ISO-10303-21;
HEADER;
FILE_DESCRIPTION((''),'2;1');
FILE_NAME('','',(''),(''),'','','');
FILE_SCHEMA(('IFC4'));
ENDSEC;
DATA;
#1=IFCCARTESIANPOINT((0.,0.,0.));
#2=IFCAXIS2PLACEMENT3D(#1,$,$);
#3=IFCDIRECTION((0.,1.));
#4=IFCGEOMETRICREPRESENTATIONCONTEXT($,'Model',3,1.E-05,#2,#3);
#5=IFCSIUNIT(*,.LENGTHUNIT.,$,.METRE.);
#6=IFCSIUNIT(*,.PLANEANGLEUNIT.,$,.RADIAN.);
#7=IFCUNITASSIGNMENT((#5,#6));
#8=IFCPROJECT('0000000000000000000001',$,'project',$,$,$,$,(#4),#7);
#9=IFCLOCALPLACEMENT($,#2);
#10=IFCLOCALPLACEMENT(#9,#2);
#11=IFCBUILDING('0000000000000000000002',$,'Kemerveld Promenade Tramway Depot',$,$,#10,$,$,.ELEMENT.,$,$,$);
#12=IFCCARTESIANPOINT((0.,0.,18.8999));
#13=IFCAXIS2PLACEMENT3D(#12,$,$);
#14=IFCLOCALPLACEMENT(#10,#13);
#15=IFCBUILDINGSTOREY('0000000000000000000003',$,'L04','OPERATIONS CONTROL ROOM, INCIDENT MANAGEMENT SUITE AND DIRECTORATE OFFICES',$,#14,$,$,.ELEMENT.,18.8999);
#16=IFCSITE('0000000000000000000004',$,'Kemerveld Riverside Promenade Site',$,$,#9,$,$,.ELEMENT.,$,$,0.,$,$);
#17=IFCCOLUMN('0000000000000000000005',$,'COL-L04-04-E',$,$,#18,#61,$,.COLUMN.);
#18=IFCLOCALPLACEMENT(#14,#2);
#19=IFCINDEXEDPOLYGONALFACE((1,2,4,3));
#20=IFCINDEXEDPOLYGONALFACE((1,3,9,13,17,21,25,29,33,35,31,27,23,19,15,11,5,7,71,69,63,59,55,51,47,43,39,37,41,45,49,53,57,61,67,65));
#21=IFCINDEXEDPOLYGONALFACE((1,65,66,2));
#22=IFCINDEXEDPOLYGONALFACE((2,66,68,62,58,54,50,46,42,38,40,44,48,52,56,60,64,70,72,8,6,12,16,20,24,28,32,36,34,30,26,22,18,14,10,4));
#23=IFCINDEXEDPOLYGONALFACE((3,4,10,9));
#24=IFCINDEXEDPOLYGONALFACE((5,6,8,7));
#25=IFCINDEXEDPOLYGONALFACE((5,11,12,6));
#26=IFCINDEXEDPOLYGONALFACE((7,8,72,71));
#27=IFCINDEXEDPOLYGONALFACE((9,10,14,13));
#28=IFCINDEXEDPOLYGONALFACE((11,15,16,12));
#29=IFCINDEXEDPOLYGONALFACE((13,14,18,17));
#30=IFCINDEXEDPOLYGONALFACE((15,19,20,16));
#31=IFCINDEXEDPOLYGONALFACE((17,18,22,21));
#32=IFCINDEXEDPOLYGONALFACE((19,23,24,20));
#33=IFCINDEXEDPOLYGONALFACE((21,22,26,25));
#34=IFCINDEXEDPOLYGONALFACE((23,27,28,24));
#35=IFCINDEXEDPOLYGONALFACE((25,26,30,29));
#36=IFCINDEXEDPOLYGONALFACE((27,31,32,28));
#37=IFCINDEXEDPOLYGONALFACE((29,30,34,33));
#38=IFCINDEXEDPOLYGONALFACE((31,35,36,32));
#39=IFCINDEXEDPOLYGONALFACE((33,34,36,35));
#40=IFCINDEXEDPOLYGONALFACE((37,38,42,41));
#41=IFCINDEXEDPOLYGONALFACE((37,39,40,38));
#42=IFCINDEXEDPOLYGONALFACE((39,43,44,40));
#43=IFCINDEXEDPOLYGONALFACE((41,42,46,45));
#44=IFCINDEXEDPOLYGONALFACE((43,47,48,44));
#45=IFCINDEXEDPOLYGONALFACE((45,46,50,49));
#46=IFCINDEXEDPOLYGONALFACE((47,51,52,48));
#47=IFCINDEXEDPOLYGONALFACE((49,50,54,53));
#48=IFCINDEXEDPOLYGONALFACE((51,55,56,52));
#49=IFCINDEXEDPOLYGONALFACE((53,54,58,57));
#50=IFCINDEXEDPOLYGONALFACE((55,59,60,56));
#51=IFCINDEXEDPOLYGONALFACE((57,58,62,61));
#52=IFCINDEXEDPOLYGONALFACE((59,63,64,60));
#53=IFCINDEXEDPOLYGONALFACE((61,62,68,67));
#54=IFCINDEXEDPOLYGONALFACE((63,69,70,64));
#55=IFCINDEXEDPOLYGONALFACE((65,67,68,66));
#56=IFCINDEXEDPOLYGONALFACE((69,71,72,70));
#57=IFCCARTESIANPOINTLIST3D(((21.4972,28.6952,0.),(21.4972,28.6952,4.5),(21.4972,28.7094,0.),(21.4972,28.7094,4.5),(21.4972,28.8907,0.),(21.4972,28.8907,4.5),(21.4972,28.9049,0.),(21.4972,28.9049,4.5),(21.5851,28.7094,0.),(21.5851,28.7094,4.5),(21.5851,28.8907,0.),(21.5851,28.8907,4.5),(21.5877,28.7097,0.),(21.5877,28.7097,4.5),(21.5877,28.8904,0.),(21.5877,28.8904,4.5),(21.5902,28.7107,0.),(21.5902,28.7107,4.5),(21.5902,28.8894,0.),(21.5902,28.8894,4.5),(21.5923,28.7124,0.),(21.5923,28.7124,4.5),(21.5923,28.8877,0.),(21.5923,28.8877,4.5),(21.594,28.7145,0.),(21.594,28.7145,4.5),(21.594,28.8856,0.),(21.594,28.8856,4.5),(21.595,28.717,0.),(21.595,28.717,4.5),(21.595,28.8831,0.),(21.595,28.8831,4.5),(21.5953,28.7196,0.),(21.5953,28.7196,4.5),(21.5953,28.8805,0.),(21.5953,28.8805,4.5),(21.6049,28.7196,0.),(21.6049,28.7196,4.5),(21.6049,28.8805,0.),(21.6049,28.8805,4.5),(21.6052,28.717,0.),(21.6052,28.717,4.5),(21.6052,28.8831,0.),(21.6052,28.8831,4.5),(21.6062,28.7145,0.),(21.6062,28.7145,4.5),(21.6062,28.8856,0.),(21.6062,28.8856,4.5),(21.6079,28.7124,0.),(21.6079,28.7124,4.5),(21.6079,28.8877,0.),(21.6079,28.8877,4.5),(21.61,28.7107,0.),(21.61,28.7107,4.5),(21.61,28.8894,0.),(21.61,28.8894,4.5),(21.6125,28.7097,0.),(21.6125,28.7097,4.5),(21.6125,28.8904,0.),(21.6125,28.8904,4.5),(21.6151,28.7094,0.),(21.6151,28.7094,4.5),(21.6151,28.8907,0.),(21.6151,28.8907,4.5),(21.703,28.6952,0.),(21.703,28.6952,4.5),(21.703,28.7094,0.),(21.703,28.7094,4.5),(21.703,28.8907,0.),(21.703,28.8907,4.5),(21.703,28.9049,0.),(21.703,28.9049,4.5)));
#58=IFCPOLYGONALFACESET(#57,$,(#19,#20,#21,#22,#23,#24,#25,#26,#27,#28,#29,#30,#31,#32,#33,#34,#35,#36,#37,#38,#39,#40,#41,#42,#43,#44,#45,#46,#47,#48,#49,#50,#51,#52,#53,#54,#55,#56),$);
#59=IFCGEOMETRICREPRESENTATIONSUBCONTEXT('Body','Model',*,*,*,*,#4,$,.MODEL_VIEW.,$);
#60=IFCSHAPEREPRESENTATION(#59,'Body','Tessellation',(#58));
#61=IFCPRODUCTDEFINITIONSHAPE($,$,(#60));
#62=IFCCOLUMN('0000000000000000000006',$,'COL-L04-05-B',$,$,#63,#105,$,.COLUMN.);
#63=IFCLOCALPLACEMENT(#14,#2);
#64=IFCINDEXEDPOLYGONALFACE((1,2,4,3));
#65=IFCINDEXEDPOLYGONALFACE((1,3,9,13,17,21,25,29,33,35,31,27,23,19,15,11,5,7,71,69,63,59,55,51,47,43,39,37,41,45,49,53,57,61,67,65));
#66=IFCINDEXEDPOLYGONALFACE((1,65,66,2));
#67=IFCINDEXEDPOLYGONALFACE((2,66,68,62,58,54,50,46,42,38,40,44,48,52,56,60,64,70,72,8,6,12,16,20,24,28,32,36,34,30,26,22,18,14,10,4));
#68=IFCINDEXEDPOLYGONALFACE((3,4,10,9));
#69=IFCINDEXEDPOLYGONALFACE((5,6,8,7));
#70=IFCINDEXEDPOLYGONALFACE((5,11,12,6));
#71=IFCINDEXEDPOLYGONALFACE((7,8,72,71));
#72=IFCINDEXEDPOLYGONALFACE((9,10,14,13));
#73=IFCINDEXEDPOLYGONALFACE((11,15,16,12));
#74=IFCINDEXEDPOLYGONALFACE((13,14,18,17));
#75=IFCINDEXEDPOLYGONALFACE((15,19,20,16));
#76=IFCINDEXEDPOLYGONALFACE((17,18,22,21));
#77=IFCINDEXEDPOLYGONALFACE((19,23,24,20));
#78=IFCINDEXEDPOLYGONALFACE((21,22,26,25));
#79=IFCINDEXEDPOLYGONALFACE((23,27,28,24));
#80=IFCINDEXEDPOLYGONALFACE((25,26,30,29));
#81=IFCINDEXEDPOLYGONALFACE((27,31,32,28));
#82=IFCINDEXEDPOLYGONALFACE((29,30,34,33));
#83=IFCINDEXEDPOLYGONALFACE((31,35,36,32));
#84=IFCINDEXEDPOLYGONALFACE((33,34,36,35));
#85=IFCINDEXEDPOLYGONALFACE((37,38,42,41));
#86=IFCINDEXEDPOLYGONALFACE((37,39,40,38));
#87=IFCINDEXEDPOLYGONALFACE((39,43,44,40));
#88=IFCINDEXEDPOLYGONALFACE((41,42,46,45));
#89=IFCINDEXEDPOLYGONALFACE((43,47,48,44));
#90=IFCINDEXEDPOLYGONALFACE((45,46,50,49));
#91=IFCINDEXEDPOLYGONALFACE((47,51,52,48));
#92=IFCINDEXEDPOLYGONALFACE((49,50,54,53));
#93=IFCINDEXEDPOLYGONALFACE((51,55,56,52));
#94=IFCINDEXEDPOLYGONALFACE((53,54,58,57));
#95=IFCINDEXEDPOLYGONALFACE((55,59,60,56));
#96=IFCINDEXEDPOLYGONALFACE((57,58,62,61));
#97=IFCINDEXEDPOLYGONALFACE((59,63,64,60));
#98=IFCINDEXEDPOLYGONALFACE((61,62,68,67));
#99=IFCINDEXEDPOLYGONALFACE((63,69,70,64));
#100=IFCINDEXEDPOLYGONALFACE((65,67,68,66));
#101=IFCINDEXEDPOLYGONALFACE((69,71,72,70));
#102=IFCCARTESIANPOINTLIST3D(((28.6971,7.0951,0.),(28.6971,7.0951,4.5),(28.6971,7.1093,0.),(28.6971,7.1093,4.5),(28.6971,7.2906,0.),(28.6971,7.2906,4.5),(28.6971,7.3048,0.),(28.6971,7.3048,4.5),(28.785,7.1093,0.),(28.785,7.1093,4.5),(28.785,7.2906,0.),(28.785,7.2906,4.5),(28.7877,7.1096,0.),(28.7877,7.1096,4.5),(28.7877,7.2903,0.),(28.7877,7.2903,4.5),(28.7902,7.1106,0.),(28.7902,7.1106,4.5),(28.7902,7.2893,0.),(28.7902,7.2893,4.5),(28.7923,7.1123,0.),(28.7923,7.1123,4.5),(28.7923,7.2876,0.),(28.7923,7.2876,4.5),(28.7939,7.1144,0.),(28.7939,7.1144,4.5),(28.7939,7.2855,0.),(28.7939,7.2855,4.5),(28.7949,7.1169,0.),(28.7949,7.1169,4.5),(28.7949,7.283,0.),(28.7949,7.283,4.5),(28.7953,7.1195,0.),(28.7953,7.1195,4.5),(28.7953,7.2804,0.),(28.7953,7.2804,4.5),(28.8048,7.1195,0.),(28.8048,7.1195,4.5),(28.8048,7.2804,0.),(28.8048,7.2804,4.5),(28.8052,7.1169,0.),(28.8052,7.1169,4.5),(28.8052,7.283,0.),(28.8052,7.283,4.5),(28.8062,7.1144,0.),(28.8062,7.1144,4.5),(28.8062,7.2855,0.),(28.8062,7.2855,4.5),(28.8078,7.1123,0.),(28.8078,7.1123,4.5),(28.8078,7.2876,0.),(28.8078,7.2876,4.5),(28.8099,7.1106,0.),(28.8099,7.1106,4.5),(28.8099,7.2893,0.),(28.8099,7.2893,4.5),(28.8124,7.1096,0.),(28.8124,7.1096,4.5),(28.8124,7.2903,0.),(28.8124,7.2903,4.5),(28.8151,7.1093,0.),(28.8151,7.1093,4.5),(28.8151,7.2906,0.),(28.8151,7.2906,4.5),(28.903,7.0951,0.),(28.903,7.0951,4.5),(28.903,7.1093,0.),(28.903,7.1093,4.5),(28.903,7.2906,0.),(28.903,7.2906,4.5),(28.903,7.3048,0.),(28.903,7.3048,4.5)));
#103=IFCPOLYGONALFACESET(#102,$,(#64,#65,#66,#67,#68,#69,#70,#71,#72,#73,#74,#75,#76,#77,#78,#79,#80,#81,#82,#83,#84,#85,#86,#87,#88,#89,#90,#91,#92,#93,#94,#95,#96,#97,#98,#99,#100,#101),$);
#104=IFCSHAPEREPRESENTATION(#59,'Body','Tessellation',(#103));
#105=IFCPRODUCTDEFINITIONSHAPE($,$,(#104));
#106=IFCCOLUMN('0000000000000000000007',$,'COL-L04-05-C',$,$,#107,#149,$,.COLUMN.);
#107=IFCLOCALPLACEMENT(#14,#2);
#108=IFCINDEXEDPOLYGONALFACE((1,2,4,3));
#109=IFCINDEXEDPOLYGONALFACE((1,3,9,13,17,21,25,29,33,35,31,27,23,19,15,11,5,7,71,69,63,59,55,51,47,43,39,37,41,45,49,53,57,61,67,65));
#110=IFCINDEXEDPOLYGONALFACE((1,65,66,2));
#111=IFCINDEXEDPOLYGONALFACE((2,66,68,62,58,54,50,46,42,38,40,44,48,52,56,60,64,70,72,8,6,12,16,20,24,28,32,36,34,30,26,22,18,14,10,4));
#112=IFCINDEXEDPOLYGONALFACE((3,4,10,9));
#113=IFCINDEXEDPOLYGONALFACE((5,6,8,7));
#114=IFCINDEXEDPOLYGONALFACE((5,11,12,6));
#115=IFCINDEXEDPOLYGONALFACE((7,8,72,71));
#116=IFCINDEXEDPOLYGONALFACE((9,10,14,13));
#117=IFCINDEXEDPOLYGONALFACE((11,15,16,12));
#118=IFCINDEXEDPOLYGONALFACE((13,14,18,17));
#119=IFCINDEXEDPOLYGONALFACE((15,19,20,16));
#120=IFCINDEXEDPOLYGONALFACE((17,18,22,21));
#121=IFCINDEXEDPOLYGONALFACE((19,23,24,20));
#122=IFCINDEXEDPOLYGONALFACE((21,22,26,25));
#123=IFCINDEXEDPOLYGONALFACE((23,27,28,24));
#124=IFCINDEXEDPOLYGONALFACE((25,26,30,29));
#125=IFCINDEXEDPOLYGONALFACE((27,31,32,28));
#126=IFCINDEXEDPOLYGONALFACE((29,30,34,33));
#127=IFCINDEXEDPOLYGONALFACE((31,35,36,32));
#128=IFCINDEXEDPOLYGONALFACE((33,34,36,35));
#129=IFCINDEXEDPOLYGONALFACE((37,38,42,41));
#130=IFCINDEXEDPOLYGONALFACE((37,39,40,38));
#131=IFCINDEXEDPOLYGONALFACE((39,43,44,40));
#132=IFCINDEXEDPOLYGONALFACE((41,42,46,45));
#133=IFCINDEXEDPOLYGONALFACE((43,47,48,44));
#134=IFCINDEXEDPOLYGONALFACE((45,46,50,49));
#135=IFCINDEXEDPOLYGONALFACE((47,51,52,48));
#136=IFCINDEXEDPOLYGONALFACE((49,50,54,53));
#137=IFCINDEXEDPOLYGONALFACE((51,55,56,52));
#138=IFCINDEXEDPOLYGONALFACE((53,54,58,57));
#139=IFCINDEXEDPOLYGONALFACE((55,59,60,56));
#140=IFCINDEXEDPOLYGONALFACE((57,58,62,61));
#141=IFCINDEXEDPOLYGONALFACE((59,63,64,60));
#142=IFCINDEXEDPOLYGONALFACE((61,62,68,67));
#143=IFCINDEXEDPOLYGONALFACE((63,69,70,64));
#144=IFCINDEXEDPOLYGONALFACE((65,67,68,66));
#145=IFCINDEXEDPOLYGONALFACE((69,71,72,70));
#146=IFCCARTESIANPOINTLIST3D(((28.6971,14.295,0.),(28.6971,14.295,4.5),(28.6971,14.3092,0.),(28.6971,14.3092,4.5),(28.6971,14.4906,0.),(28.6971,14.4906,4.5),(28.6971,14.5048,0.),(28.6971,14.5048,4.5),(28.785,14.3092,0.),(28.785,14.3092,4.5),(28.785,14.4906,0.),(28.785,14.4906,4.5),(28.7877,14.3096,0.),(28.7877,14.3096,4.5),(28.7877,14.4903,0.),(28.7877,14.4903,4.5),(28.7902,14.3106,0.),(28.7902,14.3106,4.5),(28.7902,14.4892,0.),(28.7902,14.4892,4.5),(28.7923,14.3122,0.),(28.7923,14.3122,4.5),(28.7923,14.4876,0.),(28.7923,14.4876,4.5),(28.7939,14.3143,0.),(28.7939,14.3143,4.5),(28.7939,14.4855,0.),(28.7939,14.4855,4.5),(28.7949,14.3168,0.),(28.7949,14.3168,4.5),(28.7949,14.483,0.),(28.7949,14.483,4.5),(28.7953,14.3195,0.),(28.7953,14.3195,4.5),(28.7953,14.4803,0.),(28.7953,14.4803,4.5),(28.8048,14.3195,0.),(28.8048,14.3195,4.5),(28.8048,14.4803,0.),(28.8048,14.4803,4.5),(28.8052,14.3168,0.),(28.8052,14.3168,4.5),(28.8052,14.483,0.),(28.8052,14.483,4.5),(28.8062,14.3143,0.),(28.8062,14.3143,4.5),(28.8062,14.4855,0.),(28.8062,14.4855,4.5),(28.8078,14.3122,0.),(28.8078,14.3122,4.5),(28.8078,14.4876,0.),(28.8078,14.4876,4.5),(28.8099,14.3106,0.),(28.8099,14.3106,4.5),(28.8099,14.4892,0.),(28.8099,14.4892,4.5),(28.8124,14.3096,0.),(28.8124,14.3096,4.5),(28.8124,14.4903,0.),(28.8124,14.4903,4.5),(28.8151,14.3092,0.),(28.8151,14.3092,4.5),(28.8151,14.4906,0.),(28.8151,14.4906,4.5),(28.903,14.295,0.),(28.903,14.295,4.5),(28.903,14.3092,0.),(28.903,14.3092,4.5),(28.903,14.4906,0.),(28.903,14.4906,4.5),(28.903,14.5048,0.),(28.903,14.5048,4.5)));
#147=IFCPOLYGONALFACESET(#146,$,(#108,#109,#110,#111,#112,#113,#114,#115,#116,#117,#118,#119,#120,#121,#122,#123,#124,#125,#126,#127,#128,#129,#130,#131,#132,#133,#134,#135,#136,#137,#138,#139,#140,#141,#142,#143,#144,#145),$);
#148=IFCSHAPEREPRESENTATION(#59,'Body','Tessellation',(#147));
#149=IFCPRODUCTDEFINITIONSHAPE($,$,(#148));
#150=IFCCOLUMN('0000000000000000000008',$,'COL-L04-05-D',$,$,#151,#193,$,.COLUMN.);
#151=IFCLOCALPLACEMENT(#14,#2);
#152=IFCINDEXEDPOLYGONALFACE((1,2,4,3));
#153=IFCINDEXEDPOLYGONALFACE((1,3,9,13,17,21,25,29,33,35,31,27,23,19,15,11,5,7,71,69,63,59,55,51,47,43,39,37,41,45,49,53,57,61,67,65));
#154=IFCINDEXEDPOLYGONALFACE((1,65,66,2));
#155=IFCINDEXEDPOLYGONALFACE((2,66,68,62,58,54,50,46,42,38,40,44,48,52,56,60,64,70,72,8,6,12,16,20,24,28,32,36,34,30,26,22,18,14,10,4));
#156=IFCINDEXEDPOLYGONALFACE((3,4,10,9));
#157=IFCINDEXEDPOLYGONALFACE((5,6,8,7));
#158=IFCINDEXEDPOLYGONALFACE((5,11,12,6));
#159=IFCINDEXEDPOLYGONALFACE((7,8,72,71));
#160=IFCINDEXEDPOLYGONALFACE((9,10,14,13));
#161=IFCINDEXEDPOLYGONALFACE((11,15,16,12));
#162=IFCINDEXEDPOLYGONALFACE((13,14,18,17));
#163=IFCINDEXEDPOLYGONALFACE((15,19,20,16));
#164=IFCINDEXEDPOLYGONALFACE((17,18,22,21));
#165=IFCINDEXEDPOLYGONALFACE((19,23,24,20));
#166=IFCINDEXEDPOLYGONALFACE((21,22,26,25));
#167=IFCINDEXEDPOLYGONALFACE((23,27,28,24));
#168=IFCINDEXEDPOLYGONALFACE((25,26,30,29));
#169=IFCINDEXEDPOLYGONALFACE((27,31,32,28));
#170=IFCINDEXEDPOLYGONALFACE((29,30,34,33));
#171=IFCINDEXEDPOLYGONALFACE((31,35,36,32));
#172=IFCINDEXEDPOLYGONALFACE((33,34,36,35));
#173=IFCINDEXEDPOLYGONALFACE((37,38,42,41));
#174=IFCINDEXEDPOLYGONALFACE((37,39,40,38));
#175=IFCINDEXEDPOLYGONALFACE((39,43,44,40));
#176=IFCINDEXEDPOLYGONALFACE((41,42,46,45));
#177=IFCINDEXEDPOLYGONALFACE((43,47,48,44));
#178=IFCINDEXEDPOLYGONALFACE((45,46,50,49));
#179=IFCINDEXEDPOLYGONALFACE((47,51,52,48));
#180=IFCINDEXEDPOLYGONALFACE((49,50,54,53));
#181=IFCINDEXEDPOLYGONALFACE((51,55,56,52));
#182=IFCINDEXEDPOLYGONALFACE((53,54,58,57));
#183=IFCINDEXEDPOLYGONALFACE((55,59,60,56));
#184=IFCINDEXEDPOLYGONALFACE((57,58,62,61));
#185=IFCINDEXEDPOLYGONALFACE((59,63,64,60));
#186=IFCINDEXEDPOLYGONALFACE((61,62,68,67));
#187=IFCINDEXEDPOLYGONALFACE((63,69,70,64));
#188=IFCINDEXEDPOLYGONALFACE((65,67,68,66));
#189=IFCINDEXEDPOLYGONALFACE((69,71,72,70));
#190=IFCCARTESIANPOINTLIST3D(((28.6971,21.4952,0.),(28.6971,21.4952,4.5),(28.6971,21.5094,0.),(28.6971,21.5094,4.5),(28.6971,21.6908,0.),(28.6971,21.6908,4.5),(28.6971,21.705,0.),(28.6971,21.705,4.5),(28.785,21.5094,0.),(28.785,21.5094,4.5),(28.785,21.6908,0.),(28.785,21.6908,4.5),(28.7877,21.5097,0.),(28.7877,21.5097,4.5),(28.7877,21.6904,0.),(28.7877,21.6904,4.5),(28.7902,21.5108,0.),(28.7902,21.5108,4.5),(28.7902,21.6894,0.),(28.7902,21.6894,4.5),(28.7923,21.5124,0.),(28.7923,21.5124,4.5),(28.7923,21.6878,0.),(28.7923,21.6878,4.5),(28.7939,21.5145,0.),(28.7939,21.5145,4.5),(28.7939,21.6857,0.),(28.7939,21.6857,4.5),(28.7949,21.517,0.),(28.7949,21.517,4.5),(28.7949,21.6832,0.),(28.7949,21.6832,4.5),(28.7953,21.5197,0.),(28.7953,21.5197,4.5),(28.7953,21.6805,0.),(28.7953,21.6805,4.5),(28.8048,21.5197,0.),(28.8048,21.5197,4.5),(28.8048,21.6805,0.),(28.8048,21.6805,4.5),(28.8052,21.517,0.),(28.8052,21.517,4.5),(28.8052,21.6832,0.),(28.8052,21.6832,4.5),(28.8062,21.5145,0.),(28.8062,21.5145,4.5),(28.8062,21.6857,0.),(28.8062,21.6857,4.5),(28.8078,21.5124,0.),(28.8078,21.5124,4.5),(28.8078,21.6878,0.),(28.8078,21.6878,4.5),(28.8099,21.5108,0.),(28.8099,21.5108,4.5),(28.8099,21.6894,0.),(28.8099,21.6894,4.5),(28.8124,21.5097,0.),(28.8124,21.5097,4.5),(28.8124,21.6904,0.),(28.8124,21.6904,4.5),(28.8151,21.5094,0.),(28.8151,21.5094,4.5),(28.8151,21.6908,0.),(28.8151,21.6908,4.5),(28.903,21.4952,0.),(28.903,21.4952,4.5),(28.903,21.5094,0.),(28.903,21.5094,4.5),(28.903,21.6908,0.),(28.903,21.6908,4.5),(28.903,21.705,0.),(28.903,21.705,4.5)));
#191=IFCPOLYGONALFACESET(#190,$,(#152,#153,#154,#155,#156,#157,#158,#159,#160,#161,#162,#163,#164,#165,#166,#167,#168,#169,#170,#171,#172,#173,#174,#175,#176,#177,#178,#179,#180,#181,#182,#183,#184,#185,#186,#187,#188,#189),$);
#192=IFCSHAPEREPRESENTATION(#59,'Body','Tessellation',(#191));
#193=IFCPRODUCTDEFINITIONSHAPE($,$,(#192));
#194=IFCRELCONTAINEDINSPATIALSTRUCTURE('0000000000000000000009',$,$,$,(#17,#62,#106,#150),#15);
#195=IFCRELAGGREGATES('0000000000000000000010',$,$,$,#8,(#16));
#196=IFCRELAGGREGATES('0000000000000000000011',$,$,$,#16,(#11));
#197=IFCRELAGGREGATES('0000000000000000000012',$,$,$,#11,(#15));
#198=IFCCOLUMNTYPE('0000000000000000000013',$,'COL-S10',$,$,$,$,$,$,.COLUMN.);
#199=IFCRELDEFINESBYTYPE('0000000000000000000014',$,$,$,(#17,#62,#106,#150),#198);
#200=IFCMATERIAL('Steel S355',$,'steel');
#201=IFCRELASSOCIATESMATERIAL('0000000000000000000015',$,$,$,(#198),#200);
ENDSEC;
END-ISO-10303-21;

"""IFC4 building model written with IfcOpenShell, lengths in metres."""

from ifc_helpers import new_model, si_unit, direction, frame, origin, origin_2d, place, context, subcontext, project, spatial, i_section, extrude, material, material_profile, profile_set, type_object, element, save


model = new_model("IFC4")

# Units and contexts
model_context = context("Model", 3, precision=1e-05, world=origin(), true_north=direction((0.0, 1.0)))
body_context = subcontext(model_context, "Body", "Model", "MODEL_VIEW")
ifc_project = project(units=[si_unit("LENGTHUNIT", "METRE"), si_unit("PLANEANGLEUNIT", "RADIAN")], contexts=[model_context])

# Site, building, storey
site_placement = place(None, origin())
site = spatial("IfcSite", under=ifc_project, at=site_placement, Name="Kemerveld Riverside Promenade Site", CompositionType="ELEMENT", RefElevation=0.0)
building_placement = place(site_placement, origin())
building = spatial("IfcBuilding", under=site, at=building_placement, Name="Kemerveld Promenade Tramway Depot", CompositionType="ELEMENT")
storey_placement = place(building_placement, frame((0.0, 0.0, 18.8999)))
storey = spatial("IfcBuildingStorey", under=building, at=storey_placement, Name="L04", Description="OPERATIONS CONTROL ROOM, INCIDENT MANAGEMENT SUITE AND DIRECTORATE OFFICES", CompositionType="ELEMENT", Elevation=18.8999)

# Columns
ifc_material = material(Name="Steel S355", Category="steel")
ifc_material_profile_1 = material_profile(ifc_material, i_section(OverallWidth=0.2058, OverallDepth=0.2097, WebThickness=0.0095, FlangeThickness=0.0142, FilletRadius=0.0103, at=origin_2d()), Name="203x203x60 UC")
ifc_profile_set_1 = profile_set([ifc_material_profile_1], Name="Steel S355")
column_type = type_object("IfcColumnType", Name="COL-S10", PredefinedType="COLUMN", material=ifc_profile_set_1)
for number, where, z_axis, x_axis, name in (
    (1, (21.6001, 28.8, 0.0), (0.0, 0.0, 1.0), (1.0, 0.0, 0.0), "COL-L04-04-E"),
    (2, (28.8, 7.2, 0.0), (0.0, 0.0, 1.0), (1.0, 0.0, 0.0), "COL-L04-05-B"),
    (3, (28.8, 14.3999, 0.0), (0.0, 0.0, 1.0), (1.0, 0.0, 0.0), "COL-L04-05-C"),
    (4, (28.8, 21.6001, 0.0), (0.0, 0.0, 1.0), (1.0, 0.0, 0.0), "COL-L04-05-D"),
):
    element("IfcColumn", number, at=place(storey_placement, frame(where, z_axis=z_axis, x_axis=x_axis)), inside=storey, type_object=column_type, Name=name, PredefinedType="COLUMN", context=body_context, shape_type="SweptSolid", body=[
        extrude(i_section(OverallWidth=0.2058, OverallDepth=0.2097, WebThickness=0.0095, FlangeThickness=0.0142, FilletRadius=0.0103, at=origin_2d()), origin(), (0.0, 0.0, 1.0), 4.5),
    ])

save(model, "model.ifc")
